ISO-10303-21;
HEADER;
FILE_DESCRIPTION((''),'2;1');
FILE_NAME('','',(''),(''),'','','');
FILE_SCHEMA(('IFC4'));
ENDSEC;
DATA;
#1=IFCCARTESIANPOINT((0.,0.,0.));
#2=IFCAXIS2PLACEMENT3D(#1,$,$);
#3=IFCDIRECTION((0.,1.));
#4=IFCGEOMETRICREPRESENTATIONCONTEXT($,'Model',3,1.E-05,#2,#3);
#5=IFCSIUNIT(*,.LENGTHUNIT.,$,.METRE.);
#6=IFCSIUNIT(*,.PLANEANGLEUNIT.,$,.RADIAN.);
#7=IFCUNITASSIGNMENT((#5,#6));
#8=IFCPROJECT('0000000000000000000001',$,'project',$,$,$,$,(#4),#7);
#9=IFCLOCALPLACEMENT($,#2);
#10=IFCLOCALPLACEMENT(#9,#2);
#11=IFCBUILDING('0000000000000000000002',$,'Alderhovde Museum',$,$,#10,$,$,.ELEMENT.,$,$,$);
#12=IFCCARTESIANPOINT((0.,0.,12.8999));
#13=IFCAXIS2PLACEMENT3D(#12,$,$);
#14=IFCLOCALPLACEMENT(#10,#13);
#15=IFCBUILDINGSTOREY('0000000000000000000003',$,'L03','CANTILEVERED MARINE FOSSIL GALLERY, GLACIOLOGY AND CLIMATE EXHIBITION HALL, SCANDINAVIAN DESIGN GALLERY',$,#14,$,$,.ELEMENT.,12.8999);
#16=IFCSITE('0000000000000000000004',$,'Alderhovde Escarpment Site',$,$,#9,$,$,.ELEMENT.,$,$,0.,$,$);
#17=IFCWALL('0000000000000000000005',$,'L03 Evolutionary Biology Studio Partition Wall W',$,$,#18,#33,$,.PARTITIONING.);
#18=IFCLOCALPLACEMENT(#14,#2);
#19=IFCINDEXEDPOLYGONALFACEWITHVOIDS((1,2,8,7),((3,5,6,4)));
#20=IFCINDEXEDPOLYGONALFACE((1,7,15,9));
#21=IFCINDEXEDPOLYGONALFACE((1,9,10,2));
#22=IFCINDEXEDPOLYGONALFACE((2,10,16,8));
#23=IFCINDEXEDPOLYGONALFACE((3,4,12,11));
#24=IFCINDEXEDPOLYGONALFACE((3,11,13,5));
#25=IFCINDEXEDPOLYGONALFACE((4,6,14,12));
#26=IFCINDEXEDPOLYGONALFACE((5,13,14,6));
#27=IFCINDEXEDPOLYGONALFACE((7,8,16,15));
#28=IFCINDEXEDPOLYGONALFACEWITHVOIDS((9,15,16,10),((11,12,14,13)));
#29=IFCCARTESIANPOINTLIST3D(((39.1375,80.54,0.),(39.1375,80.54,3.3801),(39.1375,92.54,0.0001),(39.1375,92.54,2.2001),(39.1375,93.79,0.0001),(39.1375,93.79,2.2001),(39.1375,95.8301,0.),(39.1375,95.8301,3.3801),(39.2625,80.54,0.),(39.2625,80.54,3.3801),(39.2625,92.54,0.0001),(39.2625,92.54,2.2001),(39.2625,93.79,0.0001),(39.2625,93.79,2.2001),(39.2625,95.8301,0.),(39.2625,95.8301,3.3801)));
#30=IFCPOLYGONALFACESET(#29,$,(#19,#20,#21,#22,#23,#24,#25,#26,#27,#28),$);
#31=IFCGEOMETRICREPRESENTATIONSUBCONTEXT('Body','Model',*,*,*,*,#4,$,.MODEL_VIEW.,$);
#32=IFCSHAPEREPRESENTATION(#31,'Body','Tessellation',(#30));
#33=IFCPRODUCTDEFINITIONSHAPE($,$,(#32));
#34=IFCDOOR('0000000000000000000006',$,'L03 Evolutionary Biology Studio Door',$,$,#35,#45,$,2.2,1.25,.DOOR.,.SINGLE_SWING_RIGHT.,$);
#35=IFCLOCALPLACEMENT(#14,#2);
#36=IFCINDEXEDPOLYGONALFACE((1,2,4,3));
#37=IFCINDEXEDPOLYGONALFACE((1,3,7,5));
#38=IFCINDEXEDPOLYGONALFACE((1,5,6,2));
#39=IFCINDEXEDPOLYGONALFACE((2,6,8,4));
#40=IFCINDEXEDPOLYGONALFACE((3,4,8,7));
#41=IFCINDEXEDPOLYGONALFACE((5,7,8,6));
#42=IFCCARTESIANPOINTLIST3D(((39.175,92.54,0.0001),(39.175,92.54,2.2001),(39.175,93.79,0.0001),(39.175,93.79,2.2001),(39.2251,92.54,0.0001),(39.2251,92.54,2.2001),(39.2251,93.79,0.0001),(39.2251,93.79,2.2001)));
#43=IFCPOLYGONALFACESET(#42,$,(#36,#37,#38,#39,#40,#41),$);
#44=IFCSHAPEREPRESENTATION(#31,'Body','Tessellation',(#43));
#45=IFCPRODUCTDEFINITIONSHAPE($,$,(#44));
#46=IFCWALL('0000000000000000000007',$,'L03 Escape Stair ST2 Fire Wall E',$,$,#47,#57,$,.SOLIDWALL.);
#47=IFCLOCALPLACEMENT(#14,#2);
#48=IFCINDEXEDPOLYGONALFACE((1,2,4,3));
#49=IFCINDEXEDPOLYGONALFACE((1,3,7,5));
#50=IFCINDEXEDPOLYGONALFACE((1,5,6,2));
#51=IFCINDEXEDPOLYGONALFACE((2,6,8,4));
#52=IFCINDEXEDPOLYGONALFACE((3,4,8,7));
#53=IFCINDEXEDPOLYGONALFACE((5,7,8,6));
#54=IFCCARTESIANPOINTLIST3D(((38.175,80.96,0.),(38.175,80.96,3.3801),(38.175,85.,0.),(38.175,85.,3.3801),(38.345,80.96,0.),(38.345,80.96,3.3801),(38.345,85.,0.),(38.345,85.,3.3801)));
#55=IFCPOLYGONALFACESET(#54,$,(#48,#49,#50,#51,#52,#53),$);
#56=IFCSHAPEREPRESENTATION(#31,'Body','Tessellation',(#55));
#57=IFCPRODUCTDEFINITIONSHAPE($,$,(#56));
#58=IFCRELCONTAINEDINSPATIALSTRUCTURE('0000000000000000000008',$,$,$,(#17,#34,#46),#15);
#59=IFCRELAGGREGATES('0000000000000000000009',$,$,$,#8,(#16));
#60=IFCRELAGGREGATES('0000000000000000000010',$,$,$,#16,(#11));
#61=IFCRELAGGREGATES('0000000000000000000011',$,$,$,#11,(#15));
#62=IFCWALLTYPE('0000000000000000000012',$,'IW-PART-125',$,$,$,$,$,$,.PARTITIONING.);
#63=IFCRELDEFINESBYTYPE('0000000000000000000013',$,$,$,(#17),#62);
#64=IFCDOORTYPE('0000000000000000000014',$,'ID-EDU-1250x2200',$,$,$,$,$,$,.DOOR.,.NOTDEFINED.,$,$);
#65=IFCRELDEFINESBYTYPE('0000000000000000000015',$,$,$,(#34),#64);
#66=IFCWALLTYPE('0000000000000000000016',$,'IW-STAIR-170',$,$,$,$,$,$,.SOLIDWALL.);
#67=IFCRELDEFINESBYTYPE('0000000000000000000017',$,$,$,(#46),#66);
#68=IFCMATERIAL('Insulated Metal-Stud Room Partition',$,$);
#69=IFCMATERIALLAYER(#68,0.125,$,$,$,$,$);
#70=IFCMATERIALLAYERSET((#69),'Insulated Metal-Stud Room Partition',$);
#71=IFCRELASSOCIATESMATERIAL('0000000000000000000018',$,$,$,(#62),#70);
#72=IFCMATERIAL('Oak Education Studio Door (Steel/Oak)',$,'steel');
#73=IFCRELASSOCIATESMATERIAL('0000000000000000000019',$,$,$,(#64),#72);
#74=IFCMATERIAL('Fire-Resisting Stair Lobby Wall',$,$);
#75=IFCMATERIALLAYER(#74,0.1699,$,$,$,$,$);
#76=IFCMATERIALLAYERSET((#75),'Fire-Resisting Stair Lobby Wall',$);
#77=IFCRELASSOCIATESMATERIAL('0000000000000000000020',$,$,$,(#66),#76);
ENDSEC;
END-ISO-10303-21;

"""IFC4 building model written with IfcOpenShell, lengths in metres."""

from ifc_helpers import new_model, si_unit, direction, frame, frame_2d, origin, place, context, subcontext, project, spatial, rectangle, extrude, material, layer, layer_set, type_object, element, fill, save


model = new_model("IFC4")

# Units and contexts
model_context = context("Model", 3, precision=1e-05, world=origin(), true_north=direction((0.0, 1.0)))
body_context = subcontext(model_context, "Body", "Model", "MODEL_VIEW")
ifc_project = project(units=[si_unit("LENGTHUNIT", "METRE"), si_unit("PLANEANGLEUNIT", "RADIAN")], contexts=[model_context])

# Site, building, storey
site_placement = place(None, origin())
site = spatial("IfcSite", under=ifc_project, at=site_placement, Name="Alderhovde Escarpment Site", CompositionType="ELEMENT", RefElevation=0.0)
building_placement = place(site_placement, origin())
building = spatial("IfcBuilding", under=site, at=building_placement, Name="Alderhovde Museum", CompositionType="ELEMENT")
storey_placement = place(building_placement, frame((0.0, 0.0, 12.8999)))
storey = spatial("IfcBuildingStorey", under=building, at=storey_placement, Name="L03", Description="CANTILEVERED MARINE FOSSIL GALLERY, GLACIOLOGY AND CLIMATE EXHIBITION HALL, SCANDINAVIAN DESIGN GALLERY", CompositionType="ELEMENT", Elevation=12.8999)

# Shared definitions
ifc_material_1 = material(Name="Insulated Metal-Stud Room Partition")
ifc_layer_1 = layer(ifc_material_1, 0.125)
ifc_layer_set_1 = layer_set([ifc_layer_1], Name="Insulated Metal-Stud Room Partition")
wall_type_1 = type_object("IfcWallType", Name="IW-PART-125", PredefinedType="PARTITIONING", material=ifc_layer_set_1)

# Wall, opening, door
wall_1_placement = place(storey_placement, frame((39.2, 80.54, 0.0), z_axis=(0.0, 0.0, 1.0), x_axis=(0.0, 1.0, 0.0)))
wall_1 = element("IfcWall", 1, at=wall_1_placement, inside=storey, type_object=wall_type_1, Name="L03 Evolutionary Biology Studio Partition Wall W", PredefinedType="PARTITIONING", context=body_context, shape_type="SweptSolid", body=[
    extrude(rectangle(XDim=15.29, YDim=0.125, at=frame_2d((7.645, 0.0))), origin(), (0.0, 0.0, 1.0), 3.3801),
])
opening_1_placement = place(wall_1_placement, frame((12.0, 0.0, 0.0)))
opening_1 = element("IfcOpeningElement", 2, at=opening_1_placement, cuts=wall_1, PredefinedType="OPENING", context=body_context, shape_type="SweptSolid", body=[
    extrude(rectangle(XDim=1.25, YDim=2.2, at=frame_2d((0.625, 1.1001))), frame((0.0, 0.0725, 0.0), z_axis=(0.0, -1.0, 0.0), x_axis=(1.0, 0.0, 0.0)), (0.0, 0.0, 1.0), 0.145),
])
ifc_material_2 = material(Name="Oak Education Studio Door (Steel/Oak)", Category="steel")
door_type = type_object("IfcDoorType", Name="ID-EDU-1250x2200", OperationType="NOTDEFINED", PredefinedType="DOOR", material=ifc_material_2)
door_placement = place(opening_1_placement, origin())
door = element("IfcDoor", 3, at=door_placement, inside=storey, type_object=door_type, Name="L03 Evolutionary Biology Studio Door", OperationType="SINGLE_SWING_RIGHT", OverallHeight=2.2, OverallWidth=1.25, PredefinedType="DOOR", context=body_context, shape_type="SweptSolid", body=[
    extrude(rectangle(XDim=1.25, YDim=2.2, at=frame_2d((0.625, 1.1001))), frame((0.0, 0.0249, 0.0), z_axis=(0.0, -1.0, 0.0), x_axis=(1.0, 0.0, 0.0)), (0.0, 0.0, 1.0), 0.05),
])
fill(opening_1, door)

# Wall
ifc_material_3 = material(Name="Fire-Resisting Stair Lobby Wall")
ifc_layer_2 = layer(ifc_material_3, 0.1699)
ifc_layer_set_2 = layer_set([ifc_layer_2], Name="Fire-Resisting Stair Lobby Wall")
wall_type_2 = type_object("IfcWallType", Name="IW-STAIR-170", PredefinedType="SOLIDWALL", material=ifc_layer_set_2)
wall_2_placement = place(storey_placement, frame((38.26, 80.96, 0.0), z_axis=(0.0, 0.0, 1.0), x_axis=(0.0, 1.0, 0.0)))
element("IfcWall", 4, at=wall_2_placement, inside=storey, type_object=wall_type_2, Name="L03 Escape Stair ST2 Fire Wall E", PredefinedType="SOLIDWALL", context=body_context, shape_type="SweptSolid", body=[
    extrude(rectangle(XDim=4.04, YDim=0.1699, at=frame_2d((2.02, 0.0))), origin(), (0.0, 0.0, 1.0), 3.3801),
])

save(model, "model.ifc")
